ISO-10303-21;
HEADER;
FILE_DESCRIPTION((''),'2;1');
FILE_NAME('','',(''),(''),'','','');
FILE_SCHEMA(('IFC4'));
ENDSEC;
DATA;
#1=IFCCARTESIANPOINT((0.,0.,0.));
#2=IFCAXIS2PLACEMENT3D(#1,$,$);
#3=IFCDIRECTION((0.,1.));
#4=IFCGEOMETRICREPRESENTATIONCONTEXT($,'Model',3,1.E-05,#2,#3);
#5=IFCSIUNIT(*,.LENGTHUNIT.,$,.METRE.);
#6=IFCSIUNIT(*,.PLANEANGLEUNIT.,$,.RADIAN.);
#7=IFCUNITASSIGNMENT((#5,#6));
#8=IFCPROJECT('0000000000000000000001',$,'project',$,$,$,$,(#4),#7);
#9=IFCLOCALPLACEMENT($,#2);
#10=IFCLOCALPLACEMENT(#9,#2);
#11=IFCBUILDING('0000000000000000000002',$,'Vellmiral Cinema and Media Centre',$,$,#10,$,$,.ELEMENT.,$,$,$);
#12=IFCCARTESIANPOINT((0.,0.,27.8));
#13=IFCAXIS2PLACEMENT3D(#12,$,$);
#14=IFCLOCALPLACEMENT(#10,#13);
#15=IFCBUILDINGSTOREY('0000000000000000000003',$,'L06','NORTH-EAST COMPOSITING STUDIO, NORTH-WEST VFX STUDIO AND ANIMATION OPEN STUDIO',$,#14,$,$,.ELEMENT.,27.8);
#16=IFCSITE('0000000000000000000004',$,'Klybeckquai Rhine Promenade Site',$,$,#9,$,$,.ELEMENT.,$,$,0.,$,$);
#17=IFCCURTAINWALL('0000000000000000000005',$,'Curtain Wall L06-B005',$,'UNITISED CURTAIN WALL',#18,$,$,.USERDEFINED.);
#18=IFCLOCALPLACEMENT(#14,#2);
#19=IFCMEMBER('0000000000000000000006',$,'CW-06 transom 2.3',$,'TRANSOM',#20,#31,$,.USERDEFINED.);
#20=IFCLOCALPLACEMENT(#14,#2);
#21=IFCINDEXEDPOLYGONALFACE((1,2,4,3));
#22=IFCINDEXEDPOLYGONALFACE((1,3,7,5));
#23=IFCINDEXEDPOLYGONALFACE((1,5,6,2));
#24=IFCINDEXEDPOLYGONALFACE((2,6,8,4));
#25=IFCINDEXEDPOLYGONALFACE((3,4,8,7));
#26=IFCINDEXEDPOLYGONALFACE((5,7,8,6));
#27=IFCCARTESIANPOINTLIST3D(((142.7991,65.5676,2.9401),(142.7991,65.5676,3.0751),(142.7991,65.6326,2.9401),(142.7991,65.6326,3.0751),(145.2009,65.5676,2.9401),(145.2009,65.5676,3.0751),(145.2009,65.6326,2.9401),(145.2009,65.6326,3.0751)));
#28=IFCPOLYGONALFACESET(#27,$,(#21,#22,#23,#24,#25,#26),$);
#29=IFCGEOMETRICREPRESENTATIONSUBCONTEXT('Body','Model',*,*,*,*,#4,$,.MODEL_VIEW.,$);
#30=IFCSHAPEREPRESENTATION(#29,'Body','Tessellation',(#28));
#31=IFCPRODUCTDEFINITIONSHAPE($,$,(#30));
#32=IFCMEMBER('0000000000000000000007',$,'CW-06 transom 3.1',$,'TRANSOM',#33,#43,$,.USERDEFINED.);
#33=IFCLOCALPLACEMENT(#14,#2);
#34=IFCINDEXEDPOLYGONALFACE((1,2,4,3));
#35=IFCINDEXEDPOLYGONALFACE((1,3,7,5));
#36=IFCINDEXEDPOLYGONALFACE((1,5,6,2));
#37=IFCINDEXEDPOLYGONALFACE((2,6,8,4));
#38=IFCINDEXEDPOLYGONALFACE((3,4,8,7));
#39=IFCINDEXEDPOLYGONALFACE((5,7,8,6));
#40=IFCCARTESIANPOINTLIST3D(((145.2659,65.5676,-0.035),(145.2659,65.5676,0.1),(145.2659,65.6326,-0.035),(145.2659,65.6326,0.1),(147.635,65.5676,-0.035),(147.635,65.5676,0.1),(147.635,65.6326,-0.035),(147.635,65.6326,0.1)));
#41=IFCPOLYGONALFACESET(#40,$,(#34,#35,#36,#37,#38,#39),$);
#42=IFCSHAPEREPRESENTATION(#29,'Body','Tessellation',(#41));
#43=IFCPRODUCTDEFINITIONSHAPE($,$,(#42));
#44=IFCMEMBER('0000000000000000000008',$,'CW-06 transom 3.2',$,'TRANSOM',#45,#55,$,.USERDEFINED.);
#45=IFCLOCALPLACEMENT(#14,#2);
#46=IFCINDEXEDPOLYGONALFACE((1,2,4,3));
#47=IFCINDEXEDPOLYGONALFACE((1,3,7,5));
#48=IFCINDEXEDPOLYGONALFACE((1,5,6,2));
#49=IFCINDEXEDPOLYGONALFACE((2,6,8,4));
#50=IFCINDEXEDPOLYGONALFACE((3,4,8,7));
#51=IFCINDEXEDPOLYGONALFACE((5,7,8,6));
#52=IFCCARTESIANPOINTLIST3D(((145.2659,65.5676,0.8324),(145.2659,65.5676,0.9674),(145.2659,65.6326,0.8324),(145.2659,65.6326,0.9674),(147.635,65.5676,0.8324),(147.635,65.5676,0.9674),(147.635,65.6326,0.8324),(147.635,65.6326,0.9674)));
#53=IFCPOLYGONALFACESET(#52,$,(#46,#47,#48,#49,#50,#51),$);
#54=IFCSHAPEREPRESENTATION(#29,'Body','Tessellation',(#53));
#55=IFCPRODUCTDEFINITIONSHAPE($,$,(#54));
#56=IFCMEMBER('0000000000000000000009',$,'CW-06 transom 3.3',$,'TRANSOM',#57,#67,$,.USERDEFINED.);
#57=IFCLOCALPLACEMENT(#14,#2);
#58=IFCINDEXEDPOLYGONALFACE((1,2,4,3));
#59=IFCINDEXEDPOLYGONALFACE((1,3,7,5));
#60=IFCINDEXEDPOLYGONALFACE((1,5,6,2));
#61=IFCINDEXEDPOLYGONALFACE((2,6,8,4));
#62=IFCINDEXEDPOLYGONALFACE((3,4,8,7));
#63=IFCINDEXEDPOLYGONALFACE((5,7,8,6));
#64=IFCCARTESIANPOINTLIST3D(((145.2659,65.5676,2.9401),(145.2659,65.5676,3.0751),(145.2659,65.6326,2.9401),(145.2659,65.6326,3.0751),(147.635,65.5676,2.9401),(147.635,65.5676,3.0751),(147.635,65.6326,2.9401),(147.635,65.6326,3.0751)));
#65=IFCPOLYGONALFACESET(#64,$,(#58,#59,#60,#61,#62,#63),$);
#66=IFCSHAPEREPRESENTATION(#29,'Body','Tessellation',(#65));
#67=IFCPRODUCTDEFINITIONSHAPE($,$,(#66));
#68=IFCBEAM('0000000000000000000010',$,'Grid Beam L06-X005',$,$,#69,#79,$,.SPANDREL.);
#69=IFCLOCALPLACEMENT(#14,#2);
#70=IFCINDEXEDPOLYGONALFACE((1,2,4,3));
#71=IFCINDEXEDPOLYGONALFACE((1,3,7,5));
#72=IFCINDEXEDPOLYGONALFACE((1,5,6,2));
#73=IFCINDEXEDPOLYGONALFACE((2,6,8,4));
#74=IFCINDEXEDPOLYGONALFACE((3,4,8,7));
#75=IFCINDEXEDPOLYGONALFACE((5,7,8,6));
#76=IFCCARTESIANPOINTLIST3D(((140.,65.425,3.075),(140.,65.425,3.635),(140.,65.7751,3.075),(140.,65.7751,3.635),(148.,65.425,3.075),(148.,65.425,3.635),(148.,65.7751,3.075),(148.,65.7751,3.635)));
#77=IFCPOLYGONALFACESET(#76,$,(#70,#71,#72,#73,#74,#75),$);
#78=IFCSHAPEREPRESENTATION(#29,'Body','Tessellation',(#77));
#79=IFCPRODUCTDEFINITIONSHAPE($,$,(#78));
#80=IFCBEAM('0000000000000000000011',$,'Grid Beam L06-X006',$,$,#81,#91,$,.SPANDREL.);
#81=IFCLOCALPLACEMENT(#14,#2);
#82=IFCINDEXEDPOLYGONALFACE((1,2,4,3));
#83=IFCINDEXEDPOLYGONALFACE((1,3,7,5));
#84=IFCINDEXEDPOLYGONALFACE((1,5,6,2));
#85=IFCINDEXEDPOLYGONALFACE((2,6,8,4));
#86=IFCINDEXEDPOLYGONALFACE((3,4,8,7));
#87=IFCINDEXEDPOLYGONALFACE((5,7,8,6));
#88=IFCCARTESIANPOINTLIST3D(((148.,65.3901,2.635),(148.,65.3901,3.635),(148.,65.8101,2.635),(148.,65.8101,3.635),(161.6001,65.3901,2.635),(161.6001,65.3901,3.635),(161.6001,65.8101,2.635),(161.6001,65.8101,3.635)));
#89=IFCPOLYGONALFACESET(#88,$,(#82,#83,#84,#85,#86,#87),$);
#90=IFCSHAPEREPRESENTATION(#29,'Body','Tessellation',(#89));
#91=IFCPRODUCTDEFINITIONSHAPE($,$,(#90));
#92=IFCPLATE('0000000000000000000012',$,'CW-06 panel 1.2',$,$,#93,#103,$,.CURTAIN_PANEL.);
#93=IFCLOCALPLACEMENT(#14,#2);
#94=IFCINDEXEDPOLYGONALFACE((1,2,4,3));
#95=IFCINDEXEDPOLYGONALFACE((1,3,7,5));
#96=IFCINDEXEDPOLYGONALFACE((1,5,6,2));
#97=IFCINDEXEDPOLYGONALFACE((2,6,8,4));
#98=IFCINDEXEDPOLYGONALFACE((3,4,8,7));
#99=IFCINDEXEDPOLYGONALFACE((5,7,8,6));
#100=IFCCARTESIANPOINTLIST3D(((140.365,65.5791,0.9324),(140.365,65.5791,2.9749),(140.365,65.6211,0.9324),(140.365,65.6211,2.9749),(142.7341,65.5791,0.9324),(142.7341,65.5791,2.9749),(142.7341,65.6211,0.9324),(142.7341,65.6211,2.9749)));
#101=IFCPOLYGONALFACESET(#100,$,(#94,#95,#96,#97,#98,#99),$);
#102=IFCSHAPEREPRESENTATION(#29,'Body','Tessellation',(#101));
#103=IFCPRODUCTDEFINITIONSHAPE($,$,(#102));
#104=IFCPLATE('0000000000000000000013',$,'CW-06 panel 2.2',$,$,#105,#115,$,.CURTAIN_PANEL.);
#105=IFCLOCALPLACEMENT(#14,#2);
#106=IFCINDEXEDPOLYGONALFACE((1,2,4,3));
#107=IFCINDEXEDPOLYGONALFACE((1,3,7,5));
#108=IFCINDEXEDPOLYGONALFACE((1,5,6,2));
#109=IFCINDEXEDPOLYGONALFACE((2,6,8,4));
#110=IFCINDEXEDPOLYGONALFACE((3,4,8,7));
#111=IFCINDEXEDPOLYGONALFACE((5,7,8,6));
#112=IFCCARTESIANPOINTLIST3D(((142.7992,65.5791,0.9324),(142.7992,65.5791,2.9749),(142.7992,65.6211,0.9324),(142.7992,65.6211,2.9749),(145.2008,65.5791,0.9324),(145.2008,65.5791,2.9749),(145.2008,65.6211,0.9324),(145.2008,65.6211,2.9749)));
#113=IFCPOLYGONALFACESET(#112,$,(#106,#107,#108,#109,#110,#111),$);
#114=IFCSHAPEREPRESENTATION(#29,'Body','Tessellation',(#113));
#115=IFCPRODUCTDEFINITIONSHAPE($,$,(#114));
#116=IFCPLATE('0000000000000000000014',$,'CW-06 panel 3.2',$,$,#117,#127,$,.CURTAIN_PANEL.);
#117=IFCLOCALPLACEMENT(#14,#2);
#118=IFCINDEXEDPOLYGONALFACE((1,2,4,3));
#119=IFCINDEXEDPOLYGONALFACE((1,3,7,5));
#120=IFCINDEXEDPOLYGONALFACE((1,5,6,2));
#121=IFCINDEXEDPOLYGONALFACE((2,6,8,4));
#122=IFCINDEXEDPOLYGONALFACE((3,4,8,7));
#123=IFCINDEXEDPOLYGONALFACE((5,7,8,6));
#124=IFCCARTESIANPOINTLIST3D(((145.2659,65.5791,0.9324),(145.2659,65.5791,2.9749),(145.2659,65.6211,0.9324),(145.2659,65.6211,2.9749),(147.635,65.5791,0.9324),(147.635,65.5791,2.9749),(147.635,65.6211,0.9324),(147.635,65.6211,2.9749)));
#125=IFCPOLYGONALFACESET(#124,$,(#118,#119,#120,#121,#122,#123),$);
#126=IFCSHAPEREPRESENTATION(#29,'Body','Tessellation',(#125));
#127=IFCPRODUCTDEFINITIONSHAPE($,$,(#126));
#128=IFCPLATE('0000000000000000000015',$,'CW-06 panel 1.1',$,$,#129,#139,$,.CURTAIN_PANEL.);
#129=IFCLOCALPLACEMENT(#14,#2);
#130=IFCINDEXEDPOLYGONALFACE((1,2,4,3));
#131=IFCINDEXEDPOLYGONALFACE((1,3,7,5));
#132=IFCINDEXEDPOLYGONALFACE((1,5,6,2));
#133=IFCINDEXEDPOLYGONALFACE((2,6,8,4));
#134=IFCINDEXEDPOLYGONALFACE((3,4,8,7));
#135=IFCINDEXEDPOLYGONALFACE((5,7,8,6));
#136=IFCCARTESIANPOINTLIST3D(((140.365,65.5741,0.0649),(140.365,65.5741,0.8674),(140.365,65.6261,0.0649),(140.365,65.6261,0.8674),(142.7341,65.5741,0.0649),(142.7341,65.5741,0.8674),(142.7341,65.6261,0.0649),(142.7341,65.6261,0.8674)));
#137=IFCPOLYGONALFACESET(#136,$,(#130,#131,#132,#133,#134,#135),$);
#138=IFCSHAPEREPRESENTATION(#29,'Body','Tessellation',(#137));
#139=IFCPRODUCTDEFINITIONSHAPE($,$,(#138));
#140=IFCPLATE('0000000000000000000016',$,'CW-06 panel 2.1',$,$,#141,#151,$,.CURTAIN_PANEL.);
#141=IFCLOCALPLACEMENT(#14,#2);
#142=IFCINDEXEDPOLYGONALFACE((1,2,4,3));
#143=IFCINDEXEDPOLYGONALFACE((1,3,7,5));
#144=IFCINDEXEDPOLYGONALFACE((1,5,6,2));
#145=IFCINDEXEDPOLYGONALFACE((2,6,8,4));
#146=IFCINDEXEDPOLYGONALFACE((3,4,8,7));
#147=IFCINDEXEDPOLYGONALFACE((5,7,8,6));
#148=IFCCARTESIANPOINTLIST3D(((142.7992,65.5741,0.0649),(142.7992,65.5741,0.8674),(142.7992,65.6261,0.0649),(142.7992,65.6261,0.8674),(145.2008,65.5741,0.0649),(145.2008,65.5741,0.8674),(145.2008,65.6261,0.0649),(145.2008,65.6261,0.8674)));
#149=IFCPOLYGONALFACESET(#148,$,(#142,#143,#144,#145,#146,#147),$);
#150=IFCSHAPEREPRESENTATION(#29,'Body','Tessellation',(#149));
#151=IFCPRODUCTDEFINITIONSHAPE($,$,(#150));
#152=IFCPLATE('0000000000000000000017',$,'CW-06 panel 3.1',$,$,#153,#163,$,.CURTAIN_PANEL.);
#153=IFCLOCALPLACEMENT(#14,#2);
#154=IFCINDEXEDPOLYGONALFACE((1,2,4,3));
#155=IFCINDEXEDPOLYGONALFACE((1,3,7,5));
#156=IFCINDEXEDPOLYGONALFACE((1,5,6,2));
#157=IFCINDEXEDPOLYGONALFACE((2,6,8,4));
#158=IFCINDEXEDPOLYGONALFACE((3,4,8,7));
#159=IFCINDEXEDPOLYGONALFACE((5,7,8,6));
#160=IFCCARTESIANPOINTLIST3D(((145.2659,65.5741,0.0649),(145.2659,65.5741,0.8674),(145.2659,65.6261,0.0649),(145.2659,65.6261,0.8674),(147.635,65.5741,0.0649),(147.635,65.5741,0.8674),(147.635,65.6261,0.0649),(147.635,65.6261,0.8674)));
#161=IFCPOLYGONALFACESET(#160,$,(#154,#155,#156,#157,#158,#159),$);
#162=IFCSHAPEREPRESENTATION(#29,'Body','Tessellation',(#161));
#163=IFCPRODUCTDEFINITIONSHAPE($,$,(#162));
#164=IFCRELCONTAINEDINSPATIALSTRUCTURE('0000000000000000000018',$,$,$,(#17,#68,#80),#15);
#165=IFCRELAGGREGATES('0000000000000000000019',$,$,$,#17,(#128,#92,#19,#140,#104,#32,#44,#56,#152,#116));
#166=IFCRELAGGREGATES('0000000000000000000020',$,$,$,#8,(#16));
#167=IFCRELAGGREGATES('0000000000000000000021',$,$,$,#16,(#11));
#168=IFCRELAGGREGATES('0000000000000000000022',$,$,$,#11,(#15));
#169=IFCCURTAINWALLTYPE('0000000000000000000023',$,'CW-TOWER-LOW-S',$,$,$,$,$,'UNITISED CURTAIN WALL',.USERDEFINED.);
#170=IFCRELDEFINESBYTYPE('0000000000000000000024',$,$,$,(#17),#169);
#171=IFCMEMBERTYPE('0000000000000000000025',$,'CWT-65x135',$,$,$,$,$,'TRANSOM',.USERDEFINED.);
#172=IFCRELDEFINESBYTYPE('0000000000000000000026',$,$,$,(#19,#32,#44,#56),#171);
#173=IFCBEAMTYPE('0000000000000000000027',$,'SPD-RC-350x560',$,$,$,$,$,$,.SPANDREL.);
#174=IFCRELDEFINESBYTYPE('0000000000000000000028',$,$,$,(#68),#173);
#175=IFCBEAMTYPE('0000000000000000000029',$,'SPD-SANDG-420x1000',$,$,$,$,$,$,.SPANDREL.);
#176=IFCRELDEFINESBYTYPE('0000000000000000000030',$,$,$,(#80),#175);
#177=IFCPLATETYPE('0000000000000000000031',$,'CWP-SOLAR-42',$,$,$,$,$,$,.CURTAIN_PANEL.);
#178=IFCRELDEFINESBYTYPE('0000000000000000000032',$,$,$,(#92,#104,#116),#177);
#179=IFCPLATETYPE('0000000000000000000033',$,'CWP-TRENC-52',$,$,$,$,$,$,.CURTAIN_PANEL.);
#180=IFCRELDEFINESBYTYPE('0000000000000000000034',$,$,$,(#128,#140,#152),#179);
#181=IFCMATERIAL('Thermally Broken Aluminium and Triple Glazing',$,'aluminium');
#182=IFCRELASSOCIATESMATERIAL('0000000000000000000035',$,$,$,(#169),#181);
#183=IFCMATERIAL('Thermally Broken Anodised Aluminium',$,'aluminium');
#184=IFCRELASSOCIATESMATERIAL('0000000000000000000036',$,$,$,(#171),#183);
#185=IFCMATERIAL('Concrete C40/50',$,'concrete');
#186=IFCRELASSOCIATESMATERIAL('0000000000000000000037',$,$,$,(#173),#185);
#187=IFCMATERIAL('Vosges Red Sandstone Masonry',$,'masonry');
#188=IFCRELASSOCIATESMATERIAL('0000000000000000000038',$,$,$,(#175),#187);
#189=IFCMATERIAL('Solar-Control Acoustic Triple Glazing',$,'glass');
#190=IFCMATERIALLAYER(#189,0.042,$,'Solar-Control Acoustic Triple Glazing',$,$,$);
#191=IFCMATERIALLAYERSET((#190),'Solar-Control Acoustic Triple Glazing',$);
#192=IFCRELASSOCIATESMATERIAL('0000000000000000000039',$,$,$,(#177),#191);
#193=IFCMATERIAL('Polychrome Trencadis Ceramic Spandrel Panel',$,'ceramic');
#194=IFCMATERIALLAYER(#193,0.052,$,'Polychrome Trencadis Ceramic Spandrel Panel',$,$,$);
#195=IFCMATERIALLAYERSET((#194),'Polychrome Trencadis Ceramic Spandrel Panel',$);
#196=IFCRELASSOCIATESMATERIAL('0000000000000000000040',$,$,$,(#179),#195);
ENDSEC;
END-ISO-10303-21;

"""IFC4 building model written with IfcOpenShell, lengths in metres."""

from ifc_helpers import new_model, si_unit, direction, frame, origin, origin_2d, place, context, subcontext, project, spatial, rectangle, extrude, material, layer, layer_set, material_profile, profile_set, type_object, element, aggregate, save


model = new_model("IFC4")

# Units and contexts
model_context = context("Model", 3, precision=1e-05, world=origin(), true_north=direction((0.0, 1.0)))
body_context = subcontext(model_context, "Body", "Model", "MODEL_VIEW")
ifc_project = project(units=[si_unit("LENGTHUNIT", "METRE"), si_unit("PLANEANGLEUNIT", "RADIAN")], contexts=[model_context])

# Site, building, storey
site_placement = place(None, origin())
site = spatial("IfcSite", under=ifc_project, at=site_placement, Name="Klybeckquai Rhine Promenade Site", CompositionType="ELEMENT", RefElevation=0.0)
building_placement = place(site_placement, origin())
building = spatial("IfcBuilding", under=site, at=building_placement, Name="Vellmiral Cinema and Media Centre", CompositionType="ELEMENT")
storey_placement = place(building_placement, frame((0.0, 0.0, 27.8)))
storey = spatial("IfcBuildingStorey", under=building, at=storey_placement, Name="L06", Description="NORTH-EAST COMPOSITING STUDIO, NORTH-WEST VFX STUDIO AND ANIMATION OPEN STUDIO", CompositionType="ELEMENT", Elevation=27.8)

# Curtain wall, members
ifc_material_1 = material(Name="Thermally Broken Aluminium and Triple Glazing", Category="aluminium")
curtain_wall_type = type_object("IfcCurtainWallType", Name="CW-TOWER-LOW-S", ElementType="UNITISED CURTAIN WALL", PredefinedType="USERDEFINED", material=ifc_material_1)
curtain_wall_placement = place(storey_placement, origin())
curtain_wall = element("IfcCurtainWall", 1, at=curtain_wall_placement, inside=storey, type_object=curtain_wall_type, Name="Curtain Wall L06-B005", ObjectType="UNITISED CURTAIN WALL", PredefinedType="USERDEFINED")
ifc_material_2 = material(Name="Thermally Broken Anodised Aluminium", Category="aluminium")
ifc_material_profile_1 = material_profile(ifc_material_2, rectangle(XDim=0.0649, YDim=0.135, at=origin_2d()), Name="MULL 65x135")
ifc_profile_set_1 = profile_set([ifc_material_profile_1], Name="Thermally Broken Anodised Aluminium")
member_type_1 = type_object("IfcMemberType", Name="CWT-65x135", ElementType="TRANSOM", PredefinedType="USERDEFINED", material=ifc_profile_set_1)
member_1_placement = place(storey_placement, frame((142.7991, 65.6001, 3.0076), z_axis=(1.0, 0.0, 0.0), x_axis=(0.0, 1.0, 0.0)))
member_1 = element("IfcMember", 2, at=member_1_placement, type_object=member_type_1, Name="CW-06 transom 2.3", ObjectType="TRANSOM", PredefinedType="USERDEFINED", context=body_context, shape_type="SweptSolid", body=[
    extrude(rectangle(XDim=0.0649, YDim=0.135, at=origin_2d()), origin(), (0.0, 0.0, 1.0), 2.4019),
])
member_2_placement = place(storey_placement, frame((145.2659, 65.6001, 0.0325), z_axis=(1.0, 0.0, 0.0), x_axis=(0.0, 1.0, 0.0)))
member_2 = element("IfcMember", 3, at=member_2_placement, type_object=member_type_1, Name="CW-06 transom 3.1", ObjectType="TRANSOM", PredefinedType="USERDEFINED", context=body_context, shape_type="SweptSolid", body=[
    extrude(rectangle(XDim=0.0649, YDim=0.135, at=origin_2d()), origin(), (0.0, 0.0, 1.0), 2.3691),
])
member_3_placement = place(storey_placement, frame((145.2659, 65.6001, 0.8999), z_axis=(1.0, 0.0, 0.0), x_axis=(0.0, 1.0, 0.0)))
member_3 = element("IfcMember", 4, at=member_3_placement, type_object=member_type_1, Name="CW-06 transom 3.2", ObjectType="TRANSOM", PredefinedType="USERDEFINED", context=body_context, shape_type="SweptSolid", body=[
    extrude(rectangle(XDim=0.0649, YDim=0.135, at=origin_2d()), origin(), (0.0, 0.0, 1.0), 2.3691),
])
member_4_placement = place(storey_placement, frame((145.2659, 65.6001, 3.0076), z_axis=(1.0, 0.0, 0.0), x_axis=(0.0, 1.0, 0.0)))
member_4 = element("IfcMember", 5, at=member_4_placement, type_object=member_type_1, Name="CW-06 transom 3.3", ObjectType="TRANSOM", PredefinedType="USERDEFINED", context=body_context, shape_type="SweptSolid", body=[
    extrude(rectangle(XDim=0.0649, YDim=0.135, at=origin_2d()), origin(), (0.0, 0.0, 1.0), 2.3691),
])

# Beams
ifc_material_3 = material(Name="Concrete C40/50", Category="concrete")
ifc_material_profile_2 = material_profile(ifc_material_3, rectangle(XDim=0.3501, YDim=0.5601, at=origin_2d()), Name="RC 350x560")
ifc_profile_set_2 = profile_set([ifc_material_profile_2], Name="Concrete C40/50")
beam_type_1 = type_object("IfcBeamType", Name="SPD-RC-350x560", PredefinedType="SPANDREL", material=ifc_profile_set_2)
beam_1_placement = place(storey_placement, frame((140.0, 65.6001, 3.355), z_axis=(1.0, 0.0, 0.0), x_axis=(0.0, 1.0, 0.0)))
element("IfcBeam", 6, at=beam_1_placement, inside=storey, type_object=beam_type_1, Name="Grid Beam L06-X005", PredefinedType="SPANDREL", context=body_context, shape_type="SweptSolid", body=[
    extrude(rectangle(XDim=0.3501, YDim=0.5601, at=origin_2d()), origin(), (0.0, 0.0, 1.0), 8.0),
])
ifc_material_4 = material(Name="Vosges Red Sandstone Masonry", Category="masonry")
ifc_material_profile_3 = material_profile(ifc_material_4, rectangle(XDim=0.4199, YDim=1.0, at=origin_2d()), Name="SAND 420x1000")
ifc_profile_set_3 = profile_set([ifc_material_profile_3], Name="Vosges Red Sandstone Masonry")
beam_type_2 = type_object("IfcBeamType", Name="SPD-SANDG-420x1000", PredefinedType="SPANDREL", material=ifc_profile_set_3)
beam_2_placement = place(storey_placement, frame((148.0, 65.6001, 3.135), z_axis=(1.0, 0.0, 0.0), x_axis=(0.0, 1.0, 0.0)))
element("IfcBeam", 7, at=beam_2_placement, inside=storey, type_object=beam_type_2, Name="Grid Beam L06-X006", PredefinedType="SPANDREL", context=body_context, shape_type="SweptSolid", body=[
    extrude(rectangle(XDim=0.4199, YDim=1.0, at=origin_2d()), origin(), (0.0, 0.0, 1.0), 13.6001),
])

# Plates
ifc_material_5 = material(Name="Solar-Control Acoustic Triple Glazing", Category="glass")
ifc_layer_1 = layer(ifc_material_5, 0.042, Name="Solar-Control Acoustic Triple Glazing")
ifc_layer_set_1 = layer_set([ifc_layer_1], Name="Solar-Control Acoustic Triple Glazing")
plate_type_1 = type_object("IfcPlateType", Name="CWP-SOLAR-42", PredefinedType="CURTAIN_PANEL", material=ifc_layer_set_1)
plate_1_placement = place(storey_placement, frame((141.5496, 65.6001, 0.9324), z_axis=(0.0, 0.0, 1.0), x_axis=(1.0, 0.0, 0.0)))
plate_1 = element("IfcPlate", 8, at=plate_1_placement, type_object=plate_type_1, Name="CW-06 panel 1.2", PredefinedType="CURTAIN_PANEL", context=body_context, shape_type="SweptSolid", body=[
    extrude(rectangle(XDim=2.3691, YDim=0.042, at=origin_2d()), origin(), (0.0, 0.0, 1.0), 2.0425),
])
plate_2_placement = place(storey_placement, frame((144.0, 65.6001, 0.9324), z_axis=(0.0, 0.0, 1.0), x_axis=(1.0, 0.0, 0.0)))
plate_2 = element("IfcPlate", 9, at=plate_2_placement, type_object=plate_type_1, Name="CW-06 panel 2.2", PredefinedType="CURTAIN_PANEL", context=body_context, shape_type="SweptSolid", body=[
    extrude(rectangle(XDim=2.4016, YDim=0.042, at=origin_2d()), origin(), (0.0, 0.0, 1.0), 2.0425),
])
plate_3_placement = place(storey_placement, frame((146.4504, 65.6001, 0.9324), z_axis=(0.0, 0.0, 1.0), x_axis=(1.0, 0.0, 0.0)))
plate_3 = element("IfcPlate", 10, at=plate_3_placement, type_object=plate_type_1, Name="CW-06 panel 3.2", PredefinedType="CURTAIN_PANEL", context=body_context, shape_type="SweptSolid", body=[
    extrude(rectangle(XDim=2.3691, YDim=0.042, at=origin_2d()), origin(), (0.0, 0.0, 1.0), 2.0425),
])
ifc_material_6 = material(Name="Polychrome Trencadis Ceramic Spandrel Panel", Category="ceramic")
ifc_layer_2 = layer(ifc_material_6, 0.052, Name="Polychrome Trencadis Ceramic Spandrel Panel")
ifc_layer_set_2 = layer_set([ifc_layer_2], Name="Polychrome Trencadis Ceramic Spandrel Panel")
plate_type_2 = type_object("IfcPlateType", Name="CWP-TRENC-52", PredefinedType="CURTAIN_PANEL", material=ifc_layer_set_2)
plate_4_placement = place(storey_placement, frame((141.5496, 65.6001, 0.0649), z_axis=(0.0, 0.0, 1.0), x_axis=(1.0, 0.0, 0.0)))
plate_4 = element("IfcPlate", 11, at=plate_4_placement, type_object=plate_type_2, Name="CW-06 panel 1.1", PredefinedType="CURTAIN_PANEL", context=body_context, shape_type="SweptSolid", body=[
    extrude(rectangle(XDim=2.3691, YDim=0.052, at=origin_2d()), origin(), (0.0, 0.0, 1.0), 0.8025),
])
plate_5_placement = place(storey_placement, frame((144.0, 65.6001, 0.0649), z_axis=(0.0, 0.0, 1.0), x_axis=(1.0, 0.0, 0.0)))
plate_5 = element("IfcPlate", 12, at=plate_5_placement, type_object=plate_type_2, Name="CW-06 panel 2.1", PredefinedType="CURTAIN_PANEL", context=body_context, shape_type="SweptSolid", body=[
    extrude(rectangle(XDim=2.4016, YDim=0.052, at=origin_2d()), origin(), (0.0, 0.0, 1.0), 0.8025),
])
plate_6_placement = place(storey_placement, frame((146.4504, 65.6001, 0.0649), z_axis=(0.0, 0.0, 1.0), x_axis=(1.0, 0.0, 0.0)))
plate_6 = element("IfcPlate", 13, at=plate_6_placement, type_object=plate_type_2, Name="CW-06 panel 3.1", PredefinedType="CURTAIN_PANEL", context=body_context, shape_type="SweptSolid", body=[
    extrude(rectangle(XDim=2.3691, YDim=0.052, at=origin_2d()), origin(), (0.0, 0.0, 1.0), 0.8025),
])
aggregate(curtain_wall, [plate_4, plate_1, member_1, plate_5, plate_2, member_2, member_3, member_4, plate_6, plate_3])

save(model, "model.ifc")
